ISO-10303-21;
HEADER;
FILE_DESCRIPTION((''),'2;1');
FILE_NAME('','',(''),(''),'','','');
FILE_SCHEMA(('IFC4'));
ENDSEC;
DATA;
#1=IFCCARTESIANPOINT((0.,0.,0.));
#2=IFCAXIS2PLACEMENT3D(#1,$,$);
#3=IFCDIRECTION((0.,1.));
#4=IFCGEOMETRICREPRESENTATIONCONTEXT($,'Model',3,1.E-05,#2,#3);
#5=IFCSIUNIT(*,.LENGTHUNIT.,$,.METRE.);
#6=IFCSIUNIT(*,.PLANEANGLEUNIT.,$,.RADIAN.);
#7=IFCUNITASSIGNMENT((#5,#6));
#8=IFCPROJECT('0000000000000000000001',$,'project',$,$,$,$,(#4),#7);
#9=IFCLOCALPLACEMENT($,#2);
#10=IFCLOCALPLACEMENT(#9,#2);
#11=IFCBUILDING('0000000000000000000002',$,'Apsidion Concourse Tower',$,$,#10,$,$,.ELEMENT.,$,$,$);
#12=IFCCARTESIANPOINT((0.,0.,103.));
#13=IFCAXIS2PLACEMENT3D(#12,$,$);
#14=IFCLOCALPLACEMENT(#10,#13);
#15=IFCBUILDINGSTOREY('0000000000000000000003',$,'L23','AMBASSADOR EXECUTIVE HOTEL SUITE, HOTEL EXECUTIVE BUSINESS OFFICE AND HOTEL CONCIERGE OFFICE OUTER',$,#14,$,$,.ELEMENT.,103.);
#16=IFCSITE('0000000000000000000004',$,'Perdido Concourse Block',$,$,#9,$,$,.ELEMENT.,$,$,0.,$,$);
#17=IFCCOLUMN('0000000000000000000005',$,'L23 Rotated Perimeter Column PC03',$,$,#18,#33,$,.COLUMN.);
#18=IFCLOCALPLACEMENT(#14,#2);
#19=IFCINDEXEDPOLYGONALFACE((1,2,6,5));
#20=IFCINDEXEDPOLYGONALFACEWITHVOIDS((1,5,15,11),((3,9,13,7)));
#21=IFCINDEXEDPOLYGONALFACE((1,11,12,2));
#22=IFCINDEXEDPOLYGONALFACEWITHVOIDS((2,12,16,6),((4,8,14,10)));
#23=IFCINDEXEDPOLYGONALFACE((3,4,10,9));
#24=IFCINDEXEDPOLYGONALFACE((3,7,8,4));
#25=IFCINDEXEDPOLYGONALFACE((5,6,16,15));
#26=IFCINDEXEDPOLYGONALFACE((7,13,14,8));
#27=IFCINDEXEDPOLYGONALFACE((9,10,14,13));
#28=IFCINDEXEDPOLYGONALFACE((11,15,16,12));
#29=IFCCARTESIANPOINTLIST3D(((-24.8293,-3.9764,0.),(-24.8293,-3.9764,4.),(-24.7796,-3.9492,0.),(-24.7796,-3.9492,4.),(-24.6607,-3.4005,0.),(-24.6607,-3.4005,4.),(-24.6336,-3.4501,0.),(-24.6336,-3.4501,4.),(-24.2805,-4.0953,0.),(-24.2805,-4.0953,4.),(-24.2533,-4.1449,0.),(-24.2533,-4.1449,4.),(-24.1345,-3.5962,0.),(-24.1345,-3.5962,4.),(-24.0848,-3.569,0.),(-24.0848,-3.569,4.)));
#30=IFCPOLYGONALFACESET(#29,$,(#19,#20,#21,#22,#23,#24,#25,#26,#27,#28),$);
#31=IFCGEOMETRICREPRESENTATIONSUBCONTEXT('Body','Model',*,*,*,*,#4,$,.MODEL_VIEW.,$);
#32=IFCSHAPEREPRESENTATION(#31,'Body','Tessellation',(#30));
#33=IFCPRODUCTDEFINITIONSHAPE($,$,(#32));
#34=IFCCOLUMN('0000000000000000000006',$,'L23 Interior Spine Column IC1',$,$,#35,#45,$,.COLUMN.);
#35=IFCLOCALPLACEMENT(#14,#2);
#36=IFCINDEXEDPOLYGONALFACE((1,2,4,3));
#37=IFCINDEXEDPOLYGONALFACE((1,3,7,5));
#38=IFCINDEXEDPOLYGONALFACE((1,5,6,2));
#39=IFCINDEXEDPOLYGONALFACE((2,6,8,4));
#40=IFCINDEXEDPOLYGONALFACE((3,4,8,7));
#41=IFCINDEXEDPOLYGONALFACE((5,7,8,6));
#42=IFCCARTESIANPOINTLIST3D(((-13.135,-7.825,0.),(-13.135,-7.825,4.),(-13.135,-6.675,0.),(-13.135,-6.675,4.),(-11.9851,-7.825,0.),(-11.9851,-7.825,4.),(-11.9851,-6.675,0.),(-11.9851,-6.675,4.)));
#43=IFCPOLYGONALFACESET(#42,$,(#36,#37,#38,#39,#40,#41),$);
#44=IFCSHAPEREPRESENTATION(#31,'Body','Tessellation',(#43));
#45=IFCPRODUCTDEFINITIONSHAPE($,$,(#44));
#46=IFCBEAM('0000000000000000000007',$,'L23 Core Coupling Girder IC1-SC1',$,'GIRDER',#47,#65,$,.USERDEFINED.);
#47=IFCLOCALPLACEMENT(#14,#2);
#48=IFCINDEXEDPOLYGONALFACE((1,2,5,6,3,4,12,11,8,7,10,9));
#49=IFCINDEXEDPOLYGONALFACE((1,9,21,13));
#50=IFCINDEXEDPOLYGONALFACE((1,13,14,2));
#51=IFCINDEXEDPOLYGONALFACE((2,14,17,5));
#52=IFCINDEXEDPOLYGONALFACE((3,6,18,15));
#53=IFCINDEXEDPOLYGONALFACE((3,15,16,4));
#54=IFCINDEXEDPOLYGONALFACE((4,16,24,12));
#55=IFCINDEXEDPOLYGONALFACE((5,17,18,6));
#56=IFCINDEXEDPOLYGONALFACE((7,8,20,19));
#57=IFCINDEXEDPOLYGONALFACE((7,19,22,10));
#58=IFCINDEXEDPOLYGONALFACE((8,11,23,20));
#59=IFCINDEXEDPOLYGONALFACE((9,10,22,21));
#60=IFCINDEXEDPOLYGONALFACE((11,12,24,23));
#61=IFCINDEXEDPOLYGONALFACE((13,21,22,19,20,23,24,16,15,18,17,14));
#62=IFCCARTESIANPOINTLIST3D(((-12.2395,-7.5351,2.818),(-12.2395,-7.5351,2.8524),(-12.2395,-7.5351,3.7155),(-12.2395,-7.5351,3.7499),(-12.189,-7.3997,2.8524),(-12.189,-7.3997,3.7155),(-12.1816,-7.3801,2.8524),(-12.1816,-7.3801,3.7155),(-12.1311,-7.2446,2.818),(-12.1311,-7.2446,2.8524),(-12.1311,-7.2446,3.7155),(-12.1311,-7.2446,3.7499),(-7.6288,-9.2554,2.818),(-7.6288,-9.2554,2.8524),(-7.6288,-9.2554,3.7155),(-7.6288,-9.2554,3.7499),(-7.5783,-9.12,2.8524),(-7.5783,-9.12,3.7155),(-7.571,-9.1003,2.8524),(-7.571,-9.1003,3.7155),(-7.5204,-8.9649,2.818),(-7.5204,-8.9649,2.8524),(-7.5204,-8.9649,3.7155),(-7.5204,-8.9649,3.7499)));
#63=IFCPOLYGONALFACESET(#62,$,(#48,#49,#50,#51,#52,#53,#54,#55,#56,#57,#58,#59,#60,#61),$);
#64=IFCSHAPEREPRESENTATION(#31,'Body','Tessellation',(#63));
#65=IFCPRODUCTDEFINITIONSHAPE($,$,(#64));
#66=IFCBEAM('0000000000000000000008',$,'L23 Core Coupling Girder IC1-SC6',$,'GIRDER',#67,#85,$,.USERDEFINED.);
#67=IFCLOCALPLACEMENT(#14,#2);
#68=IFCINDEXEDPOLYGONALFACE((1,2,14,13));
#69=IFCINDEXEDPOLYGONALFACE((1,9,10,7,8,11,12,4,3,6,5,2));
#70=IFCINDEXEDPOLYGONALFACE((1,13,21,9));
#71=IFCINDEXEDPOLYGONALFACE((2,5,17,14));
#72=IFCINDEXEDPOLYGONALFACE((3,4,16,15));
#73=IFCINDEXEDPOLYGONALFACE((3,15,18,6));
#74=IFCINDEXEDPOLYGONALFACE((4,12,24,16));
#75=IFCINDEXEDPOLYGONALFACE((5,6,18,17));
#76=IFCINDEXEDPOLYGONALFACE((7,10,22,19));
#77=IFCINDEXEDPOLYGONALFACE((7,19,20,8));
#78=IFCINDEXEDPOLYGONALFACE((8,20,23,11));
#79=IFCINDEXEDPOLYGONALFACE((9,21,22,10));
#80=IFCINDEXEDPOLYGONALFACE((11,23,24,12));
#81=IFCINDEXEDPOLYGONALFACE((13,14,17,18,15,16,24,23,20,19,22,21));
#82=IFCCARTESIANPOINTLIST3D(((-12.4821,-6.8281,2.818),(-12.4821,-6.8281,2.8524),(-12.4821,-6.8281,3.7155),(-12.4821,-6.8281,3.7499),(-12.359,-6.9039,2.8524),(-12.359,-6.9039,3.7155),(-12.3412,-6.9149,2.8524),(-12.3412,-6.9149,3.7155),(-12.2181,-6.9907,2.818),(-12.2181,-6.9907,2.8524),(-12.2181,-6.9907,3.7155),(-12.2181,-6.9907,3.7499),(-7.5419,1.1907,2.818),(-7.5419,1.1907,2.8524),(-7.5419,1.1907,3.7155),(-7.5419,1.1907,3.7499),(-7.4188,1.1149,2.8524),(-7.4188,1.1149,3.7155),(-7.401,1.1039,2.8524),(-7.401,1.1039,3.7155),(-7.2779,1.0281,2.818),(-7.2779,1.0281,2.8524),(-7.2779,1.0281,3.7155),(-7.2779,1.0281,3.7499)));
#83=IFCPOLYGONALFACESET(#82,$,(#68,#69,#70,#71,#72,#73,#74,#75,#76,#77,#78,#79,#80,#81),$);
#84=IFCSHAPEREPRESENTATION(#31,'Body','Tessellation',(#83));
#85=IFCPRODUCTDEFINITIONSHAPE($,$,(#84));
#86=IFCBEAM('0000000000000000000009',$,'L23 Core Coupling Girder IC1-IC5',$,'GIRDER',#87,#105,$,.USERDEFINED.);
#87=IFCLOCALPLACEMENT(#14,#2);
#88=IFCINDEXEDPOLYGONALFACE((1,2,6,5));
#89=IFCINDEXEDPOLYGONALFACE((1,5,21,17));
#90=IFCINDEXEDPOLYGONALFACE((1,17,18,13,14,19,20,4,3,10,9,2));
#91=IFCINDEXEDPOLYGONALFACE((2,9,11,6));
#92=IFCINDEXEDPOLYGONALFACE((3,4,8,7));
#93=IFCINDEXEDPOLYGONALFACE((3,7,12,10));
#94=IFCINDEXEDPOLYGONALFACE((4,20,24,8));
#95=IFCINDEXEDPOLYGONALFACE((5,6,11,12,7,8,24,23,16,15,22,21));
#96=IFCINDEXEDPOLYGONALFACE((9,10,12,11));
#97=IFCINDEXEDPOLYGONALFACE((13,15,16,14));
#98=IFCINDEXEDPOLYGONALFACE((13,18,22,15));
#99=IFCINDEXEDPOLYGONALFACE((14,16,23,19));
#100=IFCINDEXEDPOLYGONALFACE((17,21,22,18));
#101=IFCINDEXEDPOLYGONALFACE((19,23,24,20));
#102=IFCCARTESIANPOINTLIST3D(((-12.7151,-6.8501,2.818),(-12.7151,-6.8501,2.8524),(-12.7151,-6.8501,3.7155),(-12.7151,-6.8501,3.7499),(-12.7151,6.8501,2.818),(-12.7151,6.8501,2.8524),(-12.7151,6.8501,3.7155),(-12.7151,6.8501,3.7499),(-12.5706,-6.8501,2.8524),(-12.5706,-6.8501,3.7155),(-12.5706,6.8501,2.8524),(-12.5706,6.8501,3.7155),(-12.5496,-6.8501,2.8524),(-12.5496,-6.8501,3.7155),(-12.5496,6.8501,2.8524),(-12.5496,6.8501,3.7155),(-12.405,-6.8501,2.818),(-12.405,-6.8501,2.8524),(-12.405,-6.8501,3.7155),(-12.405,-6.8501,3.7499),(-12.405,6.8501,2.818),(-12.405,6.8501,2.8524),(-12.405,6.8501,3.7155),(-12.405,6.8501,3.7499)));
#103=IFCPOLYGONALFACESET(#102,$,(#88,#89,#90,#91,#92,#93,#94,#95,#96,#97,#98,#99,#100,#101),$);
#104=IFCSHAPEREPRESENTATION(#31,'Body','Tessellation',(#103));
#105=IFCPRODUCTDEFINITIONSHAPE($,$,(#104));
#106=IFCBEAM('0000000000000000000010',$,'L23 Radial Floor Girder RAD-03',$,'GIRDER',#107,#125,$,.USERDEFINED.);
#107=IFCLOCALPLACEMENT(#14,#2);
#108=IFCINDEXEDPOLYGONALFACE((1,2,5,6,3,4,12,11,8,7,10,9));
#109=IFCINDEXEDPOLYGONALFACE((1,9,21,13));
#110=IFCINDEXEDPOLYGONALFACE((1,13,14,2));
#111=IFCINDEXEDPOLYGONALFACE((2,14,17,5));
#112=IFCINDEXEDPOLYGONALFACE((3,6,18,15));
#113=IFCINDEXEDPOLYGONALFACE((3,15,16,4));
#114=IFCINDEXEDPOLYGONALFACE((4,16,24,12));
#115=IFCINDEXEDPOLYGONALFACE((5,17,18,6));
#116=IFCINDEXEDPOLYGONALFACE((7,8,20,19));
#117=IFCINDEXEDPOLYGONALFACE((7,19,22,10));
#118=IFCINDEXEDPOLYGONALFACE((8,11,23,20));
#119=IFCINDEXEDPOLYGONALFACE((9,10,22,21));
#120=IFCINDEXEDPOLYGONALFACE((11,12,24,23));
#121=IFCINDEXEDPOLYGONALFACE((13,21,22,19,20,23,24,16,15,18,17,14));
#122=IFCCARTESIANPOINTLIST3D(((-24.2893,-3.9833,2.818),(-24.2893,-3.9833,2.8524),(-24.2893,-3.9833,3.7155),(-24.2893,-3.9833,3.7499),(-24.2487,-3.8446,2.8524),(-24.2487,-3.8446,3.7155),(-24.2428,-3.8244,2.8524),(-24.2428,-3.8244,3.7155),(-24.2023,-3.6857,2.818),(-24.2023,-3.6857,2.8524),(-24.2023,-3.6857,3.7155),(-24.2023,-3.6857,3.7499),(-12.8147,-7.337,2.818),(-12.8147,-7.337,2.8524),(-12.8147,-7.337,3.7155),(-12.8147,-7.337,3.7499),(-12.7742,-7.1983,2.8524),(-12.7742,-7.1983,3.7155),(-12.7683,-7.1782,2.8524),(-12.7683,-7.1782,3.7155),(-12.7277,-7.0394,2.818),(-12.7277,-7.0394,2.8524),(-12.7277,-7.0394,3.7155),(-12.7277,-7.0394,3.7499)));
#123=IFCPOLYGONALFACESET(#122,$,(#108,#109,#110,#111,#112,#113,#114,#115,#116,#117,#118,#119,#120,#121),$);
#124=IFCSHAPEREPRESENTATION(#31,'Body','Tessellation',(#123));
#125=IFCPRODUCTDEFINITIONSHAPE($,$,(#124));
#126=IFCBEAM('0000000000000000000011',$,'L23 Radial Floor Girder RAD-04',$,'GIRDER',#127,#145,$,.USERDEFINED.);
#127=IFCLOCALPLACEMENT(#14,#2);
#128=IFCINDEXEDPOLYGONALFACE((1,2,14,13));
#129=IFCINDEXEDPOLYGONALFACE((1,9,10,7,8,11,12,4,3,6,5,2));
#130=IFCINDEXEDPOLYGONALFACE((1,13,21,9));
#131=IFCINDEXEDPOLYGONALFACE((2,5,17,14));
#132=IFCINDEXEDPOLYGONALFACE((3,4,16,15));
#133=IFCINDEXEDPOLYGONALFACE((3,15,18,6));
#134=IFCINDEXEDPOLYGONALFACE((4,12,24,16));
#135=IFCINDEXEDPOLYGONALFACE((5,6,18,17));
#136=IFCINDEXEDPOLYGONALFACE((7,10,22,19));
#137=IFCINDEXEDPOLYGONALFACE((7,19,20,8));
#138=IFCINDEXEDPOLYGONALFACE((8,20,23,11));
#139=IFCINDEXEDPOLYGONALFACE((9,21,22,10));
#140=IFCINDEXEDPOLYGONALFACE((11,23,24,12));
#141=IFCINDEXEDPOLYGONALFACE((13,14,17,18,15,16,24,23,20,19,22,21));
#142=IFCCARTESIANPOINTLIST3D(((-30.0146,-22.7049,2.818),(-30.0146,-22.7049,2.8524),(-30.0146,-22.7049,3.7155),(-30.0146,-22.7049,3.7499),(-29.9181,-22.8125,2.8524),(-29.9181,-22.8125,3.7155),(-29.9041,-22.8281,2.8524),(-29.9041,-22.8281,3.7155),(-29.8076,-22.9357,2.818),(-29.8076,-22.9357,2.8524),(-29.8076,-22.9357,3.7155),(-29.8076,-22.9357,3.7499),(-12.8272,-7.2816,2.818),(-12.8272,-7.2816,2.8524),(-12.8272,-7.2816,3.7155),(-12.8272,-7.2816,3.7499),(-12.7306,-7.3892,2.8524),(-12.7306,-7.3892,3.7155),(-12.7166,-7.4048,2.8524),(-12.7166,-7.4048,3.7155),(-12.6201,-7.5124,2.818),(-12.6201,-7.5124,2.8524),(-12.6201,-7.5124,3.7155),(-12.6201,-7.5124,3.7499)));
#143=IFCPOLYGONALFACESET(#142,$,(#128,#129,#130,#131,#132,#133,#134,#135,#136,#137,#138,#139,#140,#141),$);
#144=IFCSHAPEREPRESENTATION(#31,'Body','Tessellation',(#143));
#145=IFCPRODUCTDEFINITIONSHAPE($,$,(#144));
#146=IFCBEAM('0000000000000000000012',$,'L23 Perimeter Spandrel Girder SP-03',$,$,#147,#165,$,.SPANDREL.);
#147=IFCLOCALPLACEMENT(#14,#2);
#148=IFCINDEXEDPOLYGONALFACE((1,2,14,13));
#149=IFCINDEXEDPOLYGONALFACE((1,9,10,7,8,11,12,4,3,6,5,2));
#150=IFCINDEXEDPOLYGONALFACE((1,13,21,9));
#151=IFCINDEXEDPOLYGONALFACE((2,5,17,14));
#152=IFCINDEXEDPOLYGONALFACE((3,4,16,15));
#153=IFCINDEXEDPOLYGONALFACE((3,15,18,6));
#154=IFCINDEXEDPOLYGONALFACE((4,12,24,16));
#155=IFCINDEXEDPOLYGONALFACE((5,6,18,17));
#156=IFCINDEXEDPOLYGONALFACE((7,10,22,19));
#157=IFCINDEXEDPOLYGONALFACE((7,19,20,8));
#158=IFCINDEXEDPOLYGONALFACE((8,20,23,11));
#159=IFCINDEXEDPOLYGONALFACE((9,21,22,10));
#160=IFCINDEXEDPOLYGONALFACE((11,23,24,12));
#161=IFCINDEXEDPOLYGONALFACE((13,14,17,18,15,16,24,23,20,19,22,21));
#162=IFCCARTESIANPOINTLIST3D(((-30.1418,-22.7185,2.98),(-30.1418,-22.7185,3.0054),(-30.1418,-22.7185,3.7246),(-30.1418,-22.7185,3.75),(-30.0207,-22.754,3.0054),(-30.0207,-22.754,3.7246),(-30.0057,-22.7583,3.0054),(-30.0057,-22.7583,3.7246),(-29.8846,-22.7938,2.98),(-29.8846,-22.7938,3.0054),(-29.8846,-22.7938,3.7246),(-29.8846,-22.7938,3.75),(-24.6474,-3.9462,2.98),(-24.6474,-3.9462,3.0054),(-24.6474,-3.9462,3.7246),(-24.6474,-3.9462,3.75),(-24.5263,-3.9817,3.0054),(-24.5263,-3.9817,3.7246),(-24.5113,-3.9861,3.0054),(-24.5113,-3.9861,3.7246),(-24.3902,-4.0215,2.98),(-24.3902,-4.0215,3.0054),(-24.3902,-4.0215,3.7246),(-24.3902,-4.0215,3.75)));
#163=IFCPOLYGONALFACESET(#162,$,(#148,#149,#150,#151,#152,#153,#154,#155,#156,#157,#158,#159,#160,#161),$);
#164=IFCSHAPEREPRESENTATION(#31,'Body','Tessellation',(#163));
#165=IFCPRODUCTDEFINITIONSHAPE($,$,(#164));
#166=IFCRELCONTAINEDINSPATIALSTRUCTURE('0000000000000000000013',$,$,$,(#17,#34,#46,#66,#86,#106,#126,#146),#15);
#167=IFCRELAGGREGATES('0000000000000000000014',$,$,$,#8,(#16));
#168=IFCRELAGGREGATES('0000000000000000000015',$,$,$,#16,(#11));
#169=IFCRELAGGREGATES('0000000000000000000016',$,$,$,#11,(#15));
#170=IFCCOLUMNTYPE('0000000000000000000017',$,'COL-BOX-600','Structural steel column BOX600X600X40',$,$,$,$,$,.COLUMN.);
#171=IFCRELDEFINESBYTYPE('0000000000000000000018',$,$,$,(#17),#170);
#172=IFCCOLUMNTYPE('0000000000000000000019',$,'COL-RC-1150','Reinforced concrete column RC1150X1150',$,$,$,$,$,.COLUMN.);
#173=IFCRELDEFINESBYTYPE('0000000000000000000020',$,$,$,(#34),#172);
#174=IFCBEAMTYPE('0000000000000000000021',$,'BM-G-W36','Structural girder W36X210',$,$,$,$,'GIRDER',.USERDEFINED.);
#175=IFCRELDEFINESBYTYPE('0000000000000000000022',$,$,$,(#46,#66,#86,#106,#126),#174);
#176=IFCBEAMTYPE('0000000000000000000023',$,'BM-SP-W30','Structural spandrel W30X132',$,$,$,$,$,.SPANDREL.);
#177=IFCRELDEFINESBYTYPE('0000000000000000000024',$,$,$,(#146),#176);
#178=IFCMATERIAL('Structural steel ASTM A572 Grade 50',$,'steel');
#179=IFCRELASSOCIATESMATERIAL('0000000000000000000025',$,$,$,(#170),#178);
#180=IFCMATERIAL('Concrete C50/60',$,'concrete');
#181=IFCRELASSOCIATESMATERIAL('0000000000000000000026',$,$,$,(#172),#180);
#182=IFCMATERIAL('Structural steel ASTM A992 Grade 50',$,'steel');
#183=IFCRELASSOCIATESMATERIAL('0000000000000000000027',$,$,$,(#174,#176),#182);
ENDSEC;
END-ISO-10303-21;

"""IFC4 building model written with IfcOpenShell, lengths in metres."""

from ifc_helpers import new_model, si_unit, direction, frame, origin, origin_2d, place, context, subcontext, project, spatial, rectangle, hollow_rectangle, i_section, extrude, material, material_profile, profile_set, type_object, element, save


model = new_model("IFC4")

# Units and contexts
model_context = context("Model", 3, precision=1e-05, world=origin(), true_north=direction((0.0, 1.0)))
body_context = subcontext(model_context, "Body", "Model", "MODEL_VIEW")
ifc_project = project(units=[si_unit("LENGTHUNIT", "METRE"), si_unit("PLANEANGLEUNIT", "RADIAN")], contexts=[model_context])

# Site, building, storey
site_placement = place(None, origin())
site = spatial("IfcSite", under=ifc_project, at=site_placement, Name="Perdido Concourse Block", CompositionType="ELEMENT", RefElevation=0.0)
building_placement = place(site_placement, origin())
building = spatial("IfcBuilding", under=site, at=building_placement, Name="Apsidion Concourse Tower", CompositionType="ELEMENT")
storey_placement = place(building_placement, frame((0.0, 0.0, 103.0)))
storey = spatial("IfcBuildingStorey", under=building, at=storey_placement, Name="L23", Description="AMBASSADOR EXECUTIVE HOTEL SUITE, HOTEL EXECUTIVE BUSINESS OFFICE AND HOTEL CONCIERGE OFFICE OUTER", CompositionType="ELEMENT", Elevation=103.0)

# Columns
ifc_material_1 = material(Name="Structural steel ASTM A572 Grade 50", Category="steel")
ifc_material_profile_1 = material_profile(ifc_material_1, hollow_rectangle(XDim=0.6001, YDim=0.6001, WallThickness=0.04, at=origin_2d()), Name="BOX600X600X40")
ifc_profile_set_1 = profile_set([ifc_material_profile_1], Name="Structural steel ASTM A572 Grade 50")
column_type_1 = type_object("IfcColumnType", Name="COL-BOX-600", Description="Structural steel column BOX600X600X40", PredefinedType="COLUMN", material=ifc_profile_set_1)
column_1_placement = place(storey_placement, frame((-24.457, -3.7727, 0.0), z_axis=(0.0, 0.0, 1.0), x_axis=(0.280834, 0.959756, 0.0)))
element("IfcColumn", 1, at=column_1_placement, inside=storey, type_object=column_type_1, Name="L23 Rotated Perimeter Column PC03", PredefinedType="COLUMN", context=body_context, shape_type="SweptSolid", body=[
    extrude(hollow_rectangle(XDim=0.6001, YDim=0.6001, WallThickness=0.04, at=origin_2d()), origin(), (0.0, 0.0, 1.0), 4.0),
])
ifc_material_2 = material(Name="Concrete C50/60", Category="concrete")
ifc_material_profile_2 = material_profile(ifc_material_2, rectangle(XDim=1.1499, YDim=1.1499, at=origin_2d()), Name="RC 1150x1150")
ifc_profile_set_2 = profile_set([ifc_material_profile_2], Name="Concrete C50/60")
column_type_2 = type_object("IfcColumnType", Name="COL-RC-1150", Description="Reinforced concrete column RC1150X1150", PredefinedType="COLUMN", material=ifc_profile_set_2)
column_2_placement = place(storey_placement, frame((-12.5601, -7.25, 0.0), z_axis=(0.0, 0.0, 1.0), x_axis=(1.0, 0.0, 0.0)))
element("IfcColumn", 2, at=column_2_placement, inside=storey, type_object=column_type_2, Name="L23 Interior Spine Column IC1", PredefinedType="COLUMN", context=body_context, shape_type="SweptSolid", body=[
    extrude(rectangle(XDim=1.1499, YDim=1.1499, at=origin_2d()), origin(), (0.0, 0.0, 1.0), 4.0),
])

# Beams
ifc_material_3 = material(Name="Structural steel ASTM A992 Grade 50", Category="steel")
ifc_material_profile_3 = material_profile(ifc_material_3, i_section(OverallWidth=0.3101, OverallDepth=0.9319, WebThickness=0.021, FlangeThickness=0.0344, at=origin_2d()), Name="W36X210")
ifc_profile_set_3 = profile_set([ifc_material_profile_3], Name="Structural steel ASTM A992 Grade 50")
beam_type_1 = type_object("IfcBeamType", Name="BM-G-W36", Description="Structural girder W36X210", ElementType="GIRDER", PredefinedType="USERDEFINED", material=ifc_profile_set_3)
beam_1_placement = place(storey_placement, frame((-12.1853, -7.3899, 3.2839), z_axis=(0.936913, -0.349563, 0.0), x_axis=(0.349563, 0.936913, 0.0)))
element("IfcBeam", 3, at=beam_1_placement, inside=storey, type_object=beam_type_1, Name="L23 Core Coupling Girder IC1-SC1", ObjectType="GIRDER", PredefinedType="USERDEFINED", context=body_context, shape_type="SweptSolid", body=[
    extrude(i_section(OverallWidth=0.3101, OverallDepth=0.9319, WebThickness=0.021, FlangeThickness=0.0344, at=origin_2d()), origin(), (0.0, 0.0, 1.0), 4.9211),
])
beam_2_placement = place(storey_placement, frame((-12.3501, -6.9094, 3.2839), z_axis=(0.524524, 0.851396, 0.0), x_axis=(-0.851396, 0.524524, 0.0)))
element("IfcBeam", 4, at=beam_2_placement, inside=storey, type_object=beam_type_1, Name="L23 Core Coupling Girder IC1-SC6", ObjectType="GIRDER", PredefinedType="USERDEFINED", context=body_context, shape_type="SweptSolid", body=[
    extrude(i_section(OverallWidth=0.3101, OverallDepth=0.9319, WebThickness=0.021, FlangeThickness=0.0344, at=origin_2d()), origin(), (0.0, 0.0, 1.0), 9.4185),
])
beam_3_placement = place(storey_placement, frame((-12.5601, -6.8501, 3.2839), z_axis=(0.0, 1.0, 0.0), x_axis=(-1.0, 0.0, 0.0)))
element("IfcBeam", 5, at=beam_3_placement, inside=storey, type_object=beam_type_1, Name="L23 Core Coupling Girder IC1-IC5", ObjectType="GIRDER", PredefinedType="USERDEFINED", context=body_context, shape_type="SweptSolid", body=[
    extrude(i_section(OverallWidth=0.3101, OverallDepth=0.9319, WebThickness=0.021, FlangeThickness=0.0344, at=origin_2d()), origin(), (0.0, 0.0, 1.0), 13.7002),
])
beam_4_placement = place(storey_placement, frame((-12.7712, -7.1882, 3.2839), z_axis=(-0.959842, 0.280539, 0.0), x_axis=(-0.280539, -0.959842, 0.0)))
element("IfcBeam", 6, at=beam_4_placement, inside=storey, type_object=beam_type_1, Name="L23 Radial Floor Girder RAD-03", ObjectType="GIRDER", PredefinedType="USERDEFINED", context=body_context, shape_type="SweptSolid", body=[
    extrude(i_section(OverallWidth=0.3101, OverallDepth=0.9319, WebThickness=0.021, FlangeThickness=0.0344, at=origin_2d()), origin(), (0.0, 0.0, 1.0), 11.9546),
])
beam_5_placement = place(storey_placement, frame((-12.7236, -7.397, 3.2839), z_axis=(-0.744271, -0.667878, 0.0), x_axis=(0.667878, -0.744271, 0.0)))
element("IfcBeam", 7, at=beam_5_placement, inside=storey, type_object=beam_type_1, Name="L23 Radial Floor Girder RAD-04", ObjectType="GIRDER", PredefinedType="USERDEFINED", context=body_context, shape_type="SweptSolid", body=[
    extrude(i_section(OverallWidth=0.3101, OverallDepth=0.9319, WebThickness=0.021, FlangeThickness=0.0344, at=origin_2d()), origin(), (0.0, 0.0, 1.0), 23.093),
])
ifc_material_profile_4 = material_profile(ifc_material_3, i_section(OverallWidth=0.2681, OverallDepth=0.77, WebThickness=0.0156, FlangeThickness=0.0254, at=origin_2d()), Name="W30X132")
ifc_profile_set_4 = profile_set([ifc_material_profile_4], Name="Structural steel ASTM A992 Grade 50")
beam_type_2 = type_object("IfcBeamType", Name="BM-SP-W30", Description="Structural spandrel W30X132", PredefinedType="SPANDREL", material=ifc_profile_set_4)
beam_6_placement = place(storey_placement, frame((-24.5188, -3.9839, 3.365), z_axis=(-0.280902, -0.959736, 0.0), x_axis=(0.959736, -0.280902, 0.0)))
element("IfcBeam", 8, at=beam_6_placement, inside=storey, type_object=beam_type_2, Name="L23 Perimeter Spandrel Girder SP-03", PredefinedType="SPANDREL", context=body_context, shape_type="SweptSolid", body=[
    extrude(i_section(OverallWidth=0.2681, OverallDepth=0.77, WebThickness=0.0156, FlangeThickness=0.0254, at=origin_2d()), origin(), (0.0, 0.0, 1.0), 19.5598),
])

save(model, "model.ifc")
